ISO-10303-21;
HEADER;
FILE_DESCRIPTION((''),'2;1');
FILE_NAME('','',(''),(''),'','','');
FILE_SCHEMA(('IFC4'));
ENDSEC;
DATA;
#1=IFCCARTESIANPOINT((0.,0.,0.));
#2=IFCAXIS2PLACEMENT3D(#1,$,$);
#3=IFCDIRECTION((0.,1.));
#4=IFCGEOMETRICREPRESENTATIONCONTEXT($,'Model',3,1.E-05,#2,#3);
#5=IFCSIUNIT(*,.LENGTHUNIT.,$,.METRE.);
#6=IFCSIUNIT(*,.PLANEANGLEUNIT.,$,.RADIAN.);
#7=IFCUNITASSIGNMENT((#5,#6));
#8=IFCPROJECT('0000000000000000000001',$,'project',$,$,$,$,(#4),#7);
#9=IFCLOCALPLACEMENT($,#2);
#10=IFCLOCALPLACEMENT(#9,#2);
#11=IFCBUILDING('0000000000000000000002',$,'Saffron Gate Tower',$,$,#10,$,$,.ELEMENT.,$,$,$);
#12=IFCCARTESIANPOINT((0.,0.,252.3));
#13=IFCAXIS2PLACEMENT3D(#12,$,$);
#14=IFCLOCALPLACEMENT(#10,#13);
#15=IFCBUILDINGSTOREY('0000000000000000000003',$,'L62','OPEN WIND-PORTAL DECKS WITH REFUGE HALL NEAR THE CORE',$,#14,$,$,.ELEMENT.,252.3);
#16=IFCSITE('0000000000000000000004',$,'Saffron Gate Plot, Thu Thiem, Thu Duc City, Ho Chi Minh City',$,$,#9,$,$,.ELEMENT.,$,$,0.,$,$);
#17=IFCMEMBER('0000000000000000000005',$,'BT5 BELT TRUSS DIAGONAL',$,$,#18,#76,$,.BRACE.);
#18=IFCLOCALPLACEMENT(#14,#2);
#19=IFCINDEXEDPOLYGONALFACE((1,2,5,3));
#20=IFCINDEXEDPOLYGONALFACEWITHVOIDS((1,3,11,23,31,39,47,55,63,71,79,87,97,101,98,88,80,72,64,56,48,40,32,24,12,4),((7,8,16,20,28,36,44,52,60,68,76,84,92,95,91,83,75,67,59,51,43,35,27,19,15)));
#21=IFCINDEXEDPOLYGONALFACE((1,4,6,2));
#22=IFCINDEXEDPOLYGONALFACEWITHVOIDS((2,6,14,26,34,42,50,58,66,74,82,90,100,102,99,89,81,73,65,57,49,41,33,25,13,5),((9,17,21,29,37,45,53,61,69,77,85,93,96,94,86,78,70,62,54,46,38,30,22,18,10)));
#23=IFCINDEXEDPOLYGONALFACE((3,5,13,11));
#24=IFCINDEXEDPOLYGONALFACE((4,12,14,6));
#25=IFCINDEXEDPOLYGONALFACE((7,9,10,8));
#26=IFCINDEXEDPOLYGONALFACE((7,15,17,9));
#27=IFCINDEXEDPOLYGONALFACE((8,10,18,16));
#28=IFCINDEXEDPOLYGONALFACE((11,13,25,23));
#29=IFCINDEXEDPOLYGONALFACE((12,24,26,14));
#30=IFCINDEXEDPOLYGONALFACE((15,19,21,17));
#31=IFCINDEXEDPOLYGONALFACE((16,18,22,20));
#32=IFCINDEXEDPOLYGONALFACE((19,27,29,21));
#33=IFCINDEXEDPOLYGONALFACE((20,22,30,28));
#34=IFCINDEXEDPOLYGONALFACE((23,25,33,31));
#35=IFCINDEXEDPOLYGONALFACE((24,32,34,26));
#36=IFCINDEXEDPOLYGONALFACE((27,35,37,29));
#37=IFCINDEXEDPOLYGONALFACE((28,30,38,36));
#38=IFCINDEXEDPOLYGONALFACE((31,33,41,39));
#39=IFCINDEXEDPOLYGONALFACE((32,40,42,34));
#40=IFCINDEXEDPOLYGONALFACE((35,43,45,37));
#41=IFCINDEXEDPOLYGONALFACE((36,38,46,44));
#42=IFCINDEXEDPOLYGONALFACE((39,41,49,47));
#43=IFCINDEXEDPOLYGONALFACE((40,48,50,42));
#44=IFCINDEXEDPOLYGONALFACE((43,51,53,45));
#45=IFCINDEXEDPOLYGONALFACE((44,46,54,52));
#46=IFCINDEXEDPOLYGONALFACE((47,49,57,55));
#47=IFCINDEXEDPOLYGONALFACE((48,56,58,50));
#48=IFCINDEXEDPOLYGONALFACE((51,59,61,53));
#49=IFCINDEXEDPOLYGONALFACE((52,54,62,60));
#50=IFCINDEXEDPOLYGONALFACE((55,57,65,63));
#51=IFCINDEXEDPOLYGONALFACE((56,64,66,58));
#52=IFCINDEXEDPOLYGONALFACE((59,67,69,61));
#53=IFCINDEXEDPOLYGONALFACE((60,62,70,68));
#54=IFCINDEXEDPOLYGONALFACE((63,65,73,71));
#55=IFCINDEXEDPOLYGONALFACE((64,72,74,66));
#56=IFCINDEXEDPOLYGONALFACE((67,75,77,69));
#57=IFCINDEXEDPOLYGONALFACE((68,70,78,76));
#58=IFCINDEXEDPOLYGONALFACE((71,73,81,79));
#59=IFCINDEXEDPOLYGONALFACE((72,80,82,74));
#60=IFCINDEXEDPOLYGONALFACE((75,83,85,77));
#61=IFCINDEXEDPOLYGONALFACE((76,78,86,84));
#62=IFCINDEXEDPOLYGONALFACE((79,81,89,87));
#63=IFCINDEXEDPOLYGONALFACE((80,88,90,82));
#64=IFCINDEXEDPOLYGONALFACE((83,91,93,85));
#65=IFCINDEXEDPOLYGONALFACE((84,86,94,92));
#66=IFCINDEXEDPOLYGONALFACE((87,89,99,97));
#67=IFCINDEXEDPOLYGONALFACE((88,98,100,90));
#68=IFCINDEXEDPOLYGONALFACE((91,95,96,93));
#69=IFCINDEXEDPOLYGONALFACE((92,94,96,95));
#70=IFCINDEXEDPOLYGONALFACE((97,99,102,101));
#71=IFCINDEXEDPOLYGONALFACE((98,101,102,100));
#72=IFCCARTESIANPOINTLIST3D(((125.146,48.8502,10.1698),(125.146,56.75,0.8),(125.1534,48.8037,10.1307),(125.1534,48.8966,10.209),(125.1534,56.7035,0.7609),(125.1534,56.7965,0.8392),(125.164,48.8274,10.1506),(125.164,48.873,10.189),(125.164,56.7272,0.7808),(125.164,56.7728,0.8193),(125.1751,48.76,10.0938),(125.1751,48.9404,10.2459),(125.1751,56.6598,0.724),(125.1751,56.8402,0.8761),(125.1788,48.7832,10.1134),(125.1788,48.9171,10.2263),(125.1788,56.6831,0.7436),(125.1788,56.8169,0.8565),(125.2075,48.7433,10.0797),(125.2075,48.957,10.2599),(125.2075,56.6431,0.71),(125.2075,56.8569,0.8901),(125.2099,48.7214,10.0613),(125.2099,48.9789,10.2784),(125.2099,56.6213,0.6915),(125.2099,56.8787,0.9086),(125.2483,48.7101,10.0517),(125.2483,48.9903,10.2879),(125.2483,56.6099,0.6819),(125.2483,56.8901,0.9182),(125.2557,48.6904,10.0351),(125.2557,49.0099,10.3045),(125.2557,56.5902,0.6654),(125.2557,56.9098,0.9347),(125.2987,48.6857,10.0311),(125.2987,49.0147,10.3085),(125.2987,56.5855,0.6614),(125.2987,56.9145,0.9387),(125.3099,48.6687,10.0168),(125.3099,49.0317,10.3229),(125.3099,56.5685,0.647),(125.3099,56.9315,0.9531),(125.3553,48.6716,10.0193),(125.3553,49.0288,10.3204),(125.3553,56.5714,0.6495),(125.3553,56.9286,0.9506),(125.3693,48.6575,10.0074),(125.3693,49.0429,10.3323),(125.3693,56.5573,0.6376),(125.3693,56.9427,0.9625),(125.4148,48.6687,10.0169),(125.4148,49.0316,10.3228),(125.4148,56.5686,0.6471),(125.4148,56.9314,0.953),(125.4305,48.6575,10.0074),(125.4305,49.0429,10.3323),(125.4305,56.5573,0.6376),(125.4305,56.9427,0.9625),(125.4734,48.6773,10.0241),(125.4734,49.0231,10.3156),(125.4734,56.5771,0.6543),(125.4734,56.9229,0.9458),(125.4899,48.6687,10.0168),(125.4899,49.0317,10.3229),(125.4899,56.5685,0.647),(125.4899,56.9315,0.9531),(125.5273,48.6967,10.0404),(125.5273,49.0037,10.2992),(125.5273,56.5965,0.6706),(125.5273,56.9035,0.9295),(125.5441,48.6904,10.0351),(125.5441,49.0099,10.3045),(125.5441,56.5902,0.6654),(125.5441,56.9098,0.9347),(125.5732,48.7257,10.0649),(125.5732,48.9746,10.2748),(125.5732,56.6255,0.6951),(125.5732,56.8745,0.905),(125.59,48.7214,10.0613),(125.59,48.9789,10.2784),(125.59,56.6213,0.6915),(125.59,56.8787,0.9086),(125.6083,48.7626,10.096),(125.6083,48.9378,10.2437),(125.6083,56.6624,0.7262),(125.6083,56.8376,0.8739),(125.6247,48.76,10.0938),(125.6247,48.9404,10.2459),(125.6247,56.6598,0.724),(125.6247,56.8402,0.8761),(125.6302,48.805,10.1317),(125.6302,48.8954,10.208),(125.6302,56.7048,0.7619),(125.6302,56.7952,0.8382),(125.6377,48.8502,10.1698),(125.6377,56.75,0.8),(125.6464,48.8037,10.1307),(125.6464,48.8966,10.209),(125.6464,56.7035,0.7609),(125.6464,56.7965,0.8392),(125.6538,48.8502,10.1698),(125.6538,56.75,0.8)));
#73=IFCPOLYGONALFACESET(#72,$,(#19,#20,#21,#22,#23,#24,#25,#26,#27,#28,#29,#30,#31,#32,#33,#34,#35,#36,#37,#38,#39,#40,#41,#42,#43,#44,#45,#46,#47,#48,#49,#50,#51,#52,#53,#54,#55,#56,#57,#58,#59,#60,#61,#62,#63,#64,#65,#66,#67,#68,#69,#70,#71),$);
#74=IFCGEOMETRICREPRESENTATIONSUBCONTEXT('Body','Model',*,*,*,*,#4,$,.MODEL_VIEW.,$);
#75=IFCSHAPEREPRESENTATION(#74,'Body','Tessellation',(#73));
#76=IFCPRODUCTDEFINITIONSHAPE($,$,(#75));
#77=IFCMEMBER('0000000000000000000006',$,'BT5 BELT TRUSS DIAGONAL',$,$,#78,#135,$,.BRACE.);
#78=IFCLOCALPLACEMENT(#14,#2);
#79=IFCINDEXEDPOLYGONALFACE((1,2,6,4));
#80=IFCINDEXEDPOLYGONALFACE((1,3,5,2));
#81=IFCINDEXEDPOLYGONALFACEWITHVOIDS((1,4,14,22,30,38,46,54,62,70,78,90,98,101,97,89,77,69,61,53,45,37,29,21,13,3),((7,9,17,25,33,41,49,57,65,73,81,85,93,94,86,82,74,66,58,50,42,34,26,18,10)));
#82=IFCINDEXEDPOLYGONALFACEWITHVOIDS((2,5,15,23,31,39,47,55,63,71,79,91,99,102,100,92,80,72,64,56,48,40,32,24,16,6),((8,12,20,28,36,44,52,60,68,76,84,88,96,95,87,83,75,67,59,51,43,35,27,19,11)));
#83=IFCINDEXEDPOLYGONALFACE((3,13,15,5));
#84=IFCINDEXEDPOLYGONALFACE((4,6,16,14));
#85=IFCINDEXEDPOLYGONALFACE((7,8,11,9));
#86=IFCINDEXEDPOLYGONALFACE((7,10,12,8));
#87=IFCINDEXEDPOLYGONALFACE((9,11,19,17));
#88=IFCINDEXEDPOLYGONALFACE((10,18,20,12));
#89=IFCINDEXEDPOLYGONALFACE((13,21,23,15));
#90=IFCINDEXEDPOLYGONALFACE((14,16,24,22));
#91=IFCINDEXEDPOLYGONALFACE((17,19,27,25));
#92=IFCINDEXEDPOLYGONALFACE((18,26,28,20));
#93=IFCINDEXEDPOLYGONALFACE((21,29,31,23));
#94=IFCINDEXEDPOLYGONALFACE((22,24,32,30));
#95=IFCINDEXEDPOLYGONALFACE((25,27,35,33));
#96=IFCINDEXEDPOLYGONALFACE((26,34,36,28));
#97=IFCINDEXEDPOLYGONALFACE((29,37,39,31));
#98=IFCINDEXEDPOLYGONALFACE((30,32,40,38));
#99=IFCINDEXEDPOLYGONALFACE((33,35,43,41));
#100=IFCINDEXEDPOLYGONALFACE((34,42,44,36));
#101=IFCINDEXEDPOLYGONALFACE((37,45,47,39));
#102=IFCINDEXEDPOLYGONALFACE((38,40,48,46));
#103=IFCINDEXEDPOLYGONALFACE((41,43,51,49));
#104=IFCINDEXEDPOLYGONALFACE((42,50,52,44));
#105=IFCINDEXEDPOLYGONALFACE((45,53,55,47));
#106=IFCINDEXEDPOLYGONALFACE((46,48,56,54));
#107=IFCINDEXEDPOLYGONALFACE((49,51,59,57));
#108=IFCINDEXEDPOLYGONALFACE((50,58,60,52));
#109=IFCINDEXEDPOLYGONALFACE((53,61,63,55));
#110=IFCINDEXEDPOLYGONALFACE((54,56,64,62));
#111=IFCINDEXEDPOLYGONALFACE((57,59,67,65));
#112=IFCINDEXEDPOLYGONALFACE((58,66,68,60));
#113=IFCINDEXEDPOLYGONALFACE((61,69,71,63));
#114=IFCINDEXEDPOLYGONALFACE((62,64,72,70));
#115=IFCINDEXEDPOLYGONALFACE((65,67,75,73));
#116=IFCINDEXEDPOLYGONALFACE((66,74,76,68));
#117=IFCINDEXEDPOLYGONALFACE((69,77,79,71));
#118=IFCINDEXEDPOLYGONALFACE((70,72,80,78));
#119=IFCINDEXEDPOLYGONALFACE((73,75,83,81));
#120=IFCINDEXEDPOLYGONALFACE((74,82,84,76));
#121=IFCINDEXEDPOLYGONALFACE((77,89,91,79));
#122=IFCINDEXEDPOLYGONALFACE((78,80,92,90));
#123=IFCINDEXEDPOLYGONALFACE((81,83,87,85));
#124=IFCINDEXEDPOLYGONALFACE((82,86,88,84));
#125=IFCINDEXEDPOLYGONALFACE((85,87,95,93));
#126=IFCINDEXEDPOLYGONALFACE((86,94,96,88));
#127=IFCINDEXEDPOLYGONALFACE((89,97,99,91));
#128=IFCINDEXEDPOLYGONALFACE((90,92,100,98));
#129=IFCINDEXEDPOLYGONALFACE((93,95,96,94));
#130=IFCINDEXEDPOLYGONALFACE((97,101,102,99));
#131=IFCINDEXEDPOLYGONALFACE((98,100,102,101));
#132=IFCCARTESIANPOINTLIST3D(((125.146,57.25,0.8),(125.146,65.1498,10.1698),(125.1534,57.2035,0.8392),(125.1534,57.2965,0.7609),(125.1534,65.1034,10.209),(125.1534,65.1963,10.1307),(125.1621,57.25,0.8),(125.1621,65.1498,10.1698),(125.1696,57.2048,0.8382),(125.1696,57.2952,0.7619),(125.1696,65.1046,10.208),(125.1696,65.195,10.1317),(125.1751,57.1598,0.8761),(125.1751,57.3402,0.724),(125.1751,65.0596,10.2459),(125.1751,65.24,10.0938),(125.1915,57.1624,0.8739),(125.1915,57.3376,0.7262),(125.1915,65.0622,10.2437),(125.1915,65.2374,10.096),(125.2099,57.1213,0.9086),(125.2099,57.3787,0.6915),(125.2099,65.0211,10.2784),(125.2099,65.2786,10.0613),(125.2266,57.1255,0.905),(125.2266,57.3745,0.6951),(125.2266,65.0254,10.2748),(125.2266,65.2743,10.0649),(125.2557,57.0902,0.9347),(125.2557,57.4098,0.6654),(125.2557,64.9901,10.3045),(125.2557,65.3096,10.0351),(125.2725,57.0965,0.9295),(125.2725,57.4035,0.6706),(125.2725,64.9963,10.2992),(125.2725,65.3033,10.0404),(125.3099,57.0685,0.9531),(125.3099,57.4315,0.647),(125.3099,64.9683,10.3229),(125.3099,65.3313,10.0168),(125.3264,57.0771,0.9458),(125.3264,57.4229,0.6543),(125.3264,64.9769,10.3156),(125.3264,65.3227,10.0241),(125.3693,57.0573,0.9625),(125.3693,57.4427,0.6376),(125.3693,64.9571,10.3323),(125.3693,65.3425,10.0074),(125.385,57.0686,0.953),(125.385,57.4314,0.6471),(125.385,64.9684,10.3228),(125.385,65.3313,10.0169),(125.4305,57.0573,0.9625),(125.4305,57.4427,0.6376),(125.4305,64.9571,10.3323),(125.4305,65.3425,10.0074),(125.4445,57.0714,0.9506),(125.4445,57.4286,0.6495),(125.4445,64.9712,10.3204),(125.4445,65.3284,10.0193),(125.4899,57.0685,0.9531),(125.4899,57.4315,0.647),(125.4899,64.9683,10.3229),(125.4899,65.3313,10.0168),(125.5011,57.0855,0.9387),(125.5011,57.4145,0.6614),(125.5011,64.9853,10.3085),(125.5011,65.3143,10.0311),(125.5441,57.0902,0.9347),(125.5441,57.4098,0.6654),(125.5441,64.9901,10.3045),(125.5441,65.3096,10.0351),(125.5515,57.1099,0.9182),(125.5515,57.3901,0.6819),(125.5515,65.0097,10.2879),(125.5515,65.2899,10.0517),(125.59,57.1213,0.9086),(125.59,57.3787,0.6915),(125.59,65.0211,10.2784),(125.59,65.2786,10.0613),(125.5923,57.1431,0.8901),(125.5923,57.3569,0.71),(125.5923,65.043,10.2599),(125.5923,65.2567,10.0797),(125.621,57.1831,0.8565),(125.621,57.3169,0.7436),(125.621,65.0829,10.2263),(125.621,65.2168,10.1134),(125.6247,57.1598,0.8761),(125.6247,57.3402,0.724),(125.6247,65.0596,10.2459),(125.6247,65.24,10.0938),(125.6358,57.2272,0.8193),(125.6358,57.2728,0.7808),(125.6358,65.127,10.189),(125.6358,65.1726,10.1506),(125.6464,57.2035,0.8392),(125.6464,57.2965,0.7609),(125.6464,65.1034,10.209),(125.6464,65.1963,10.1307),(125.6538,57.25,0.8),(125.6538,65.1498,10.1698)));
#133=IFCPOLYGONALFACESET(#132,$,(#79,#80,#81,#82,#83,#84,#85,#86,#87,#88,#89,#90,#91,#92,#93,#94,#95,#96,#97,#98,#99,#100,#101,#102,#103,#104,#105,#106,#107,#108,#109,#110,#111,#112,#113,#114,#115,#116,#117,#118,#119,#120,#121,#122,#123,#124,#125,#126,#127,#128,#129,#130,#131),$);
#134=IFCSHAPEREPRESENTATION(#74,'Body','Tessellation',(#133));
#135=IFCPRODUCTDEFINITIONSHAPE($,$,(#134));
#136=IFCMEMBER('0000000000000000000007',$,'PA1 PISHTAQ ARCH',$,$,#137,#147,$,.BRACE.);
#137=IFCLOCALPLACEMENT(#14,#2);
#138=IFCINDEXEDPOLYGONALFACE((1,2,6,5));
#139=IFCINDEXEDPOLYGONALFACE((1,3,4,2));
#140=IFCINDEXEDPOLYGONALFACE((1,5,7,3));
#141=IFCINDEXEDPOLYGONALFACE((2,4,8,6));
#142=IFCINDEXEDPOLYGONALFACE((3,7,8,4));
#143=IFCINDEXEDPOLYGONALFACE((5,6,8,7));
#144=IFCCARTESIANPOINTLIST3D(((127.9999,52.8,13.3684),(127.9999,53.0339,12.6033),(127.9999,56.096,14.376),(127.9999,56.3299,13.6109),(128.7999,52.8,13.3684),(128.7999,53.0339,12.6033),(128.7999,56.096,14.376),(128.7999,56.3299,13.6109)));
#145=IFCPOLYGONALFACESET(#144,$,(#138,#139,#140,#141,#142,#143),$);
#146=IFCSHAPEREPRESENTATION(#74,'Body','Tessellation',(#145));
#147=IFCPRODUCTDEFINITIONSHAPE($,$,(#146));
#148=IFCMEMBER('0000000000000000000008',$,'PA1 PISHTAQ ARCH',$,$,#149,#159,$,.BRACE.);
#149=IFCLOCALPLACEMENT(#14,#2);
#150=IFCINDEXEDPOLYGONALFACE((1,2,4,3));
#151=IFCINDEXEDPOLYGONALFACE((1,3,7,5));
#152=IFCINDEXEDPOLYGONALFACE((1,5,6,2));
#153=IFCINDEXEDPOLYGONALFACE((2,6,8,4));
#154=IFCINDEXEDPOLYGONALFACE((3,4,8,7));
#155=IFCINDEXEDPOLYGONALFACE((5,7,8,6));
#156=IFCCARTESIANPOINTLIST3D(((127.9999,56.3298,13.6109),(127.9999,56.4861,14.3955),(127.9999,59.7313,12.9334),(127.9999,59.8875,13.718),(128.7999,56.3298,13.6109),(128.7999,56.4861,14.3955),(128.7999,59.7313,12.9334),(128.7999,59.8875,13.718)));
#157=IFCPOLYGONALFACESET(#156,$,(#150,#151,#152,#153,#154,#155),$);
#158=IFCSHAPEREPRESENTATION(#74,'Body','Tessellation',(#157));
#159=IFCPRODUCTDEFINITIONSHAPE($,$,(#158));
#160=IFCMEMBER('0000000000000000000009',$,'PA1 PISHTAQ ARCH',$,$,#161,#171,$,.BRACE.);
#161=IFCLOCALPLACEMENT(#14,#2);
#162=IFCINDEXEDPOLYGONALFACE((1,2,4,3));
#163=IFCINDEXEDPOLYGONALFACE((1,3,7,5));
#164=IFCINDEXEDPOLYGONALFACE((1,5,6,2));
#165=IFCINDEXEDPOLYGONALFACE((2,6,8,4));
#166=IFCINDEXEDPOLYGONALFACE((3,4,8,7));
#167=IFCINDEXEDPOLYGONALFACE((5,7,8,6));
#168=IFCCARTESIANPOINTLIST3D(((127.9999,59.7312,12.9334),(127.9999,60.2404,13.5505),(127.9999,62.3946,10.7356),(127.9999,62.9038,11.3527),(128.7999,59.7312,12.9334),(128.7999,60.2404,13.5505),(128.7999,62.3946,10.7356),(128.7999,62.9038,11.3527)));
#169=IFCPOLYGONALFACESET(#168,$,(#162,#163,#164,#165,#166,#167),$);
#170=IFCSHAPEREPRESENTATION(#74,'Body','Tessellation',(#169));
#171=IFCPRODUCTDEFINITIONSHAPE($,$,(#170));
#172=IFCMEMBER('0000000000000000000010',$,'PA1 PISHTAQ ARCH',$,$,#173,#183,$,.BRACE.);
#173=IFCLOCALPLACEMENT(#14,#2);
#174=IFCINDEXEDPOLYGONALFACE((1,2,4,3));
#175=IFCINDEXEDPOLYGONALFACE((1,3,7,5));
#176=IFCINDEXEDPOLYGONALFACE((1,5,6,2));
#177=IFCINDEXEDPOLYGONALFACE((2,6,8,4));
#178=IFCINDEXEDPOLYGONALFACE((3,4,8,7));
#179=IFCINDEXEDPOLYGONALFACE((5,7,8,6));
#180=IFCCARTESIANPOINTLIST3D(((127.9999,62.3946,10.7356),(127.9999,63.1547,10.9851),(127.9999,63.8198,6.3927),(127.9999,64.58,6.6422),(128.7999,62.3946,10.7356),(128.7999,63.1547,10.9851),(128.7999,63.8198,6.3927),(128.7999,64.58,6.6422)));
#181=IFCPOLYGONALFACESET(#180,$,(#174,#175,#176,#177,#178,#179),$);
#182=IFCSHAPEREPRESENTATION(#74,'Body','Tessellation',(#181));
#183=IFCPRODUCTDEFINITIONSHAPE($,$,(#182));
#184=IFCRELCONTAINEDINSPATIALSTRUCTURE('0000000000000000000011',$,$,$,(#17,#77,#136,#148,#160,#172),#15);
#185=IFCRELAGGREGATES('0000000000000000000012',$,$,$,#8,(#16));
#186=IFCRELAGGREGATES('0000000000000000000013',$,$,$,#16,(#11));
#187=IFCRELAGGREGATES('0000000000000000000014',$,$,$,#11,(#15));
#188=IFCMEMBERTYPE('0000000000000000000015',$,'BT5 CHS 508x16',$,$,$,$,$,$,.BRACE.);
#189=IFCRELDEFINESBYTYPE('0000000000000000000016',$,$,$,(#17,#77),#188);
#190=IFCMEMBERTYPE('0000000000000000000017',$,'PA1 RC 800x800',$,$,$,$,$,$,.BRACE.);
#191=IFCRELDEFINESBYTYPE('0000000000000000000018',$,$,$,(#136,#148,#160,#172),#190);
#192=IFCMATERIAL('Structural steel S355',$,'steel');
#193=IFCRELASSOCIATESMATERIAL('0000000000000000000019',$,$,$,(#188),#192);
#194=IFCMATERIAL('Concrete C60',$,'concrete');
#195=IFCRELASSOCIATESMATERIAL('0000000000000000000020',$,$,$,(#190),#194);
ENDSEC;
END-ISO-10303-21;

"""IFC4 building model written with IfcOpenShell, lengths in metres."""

from ifc_helpers import new_model, si_unit, direction, frame, origin, origin_2d, place, context, subcontext, project, spatial, rectangle, hollow_circle, extrude, material, material_profile, profile_set, type_object, element, save


model = new_model("IFC4")

# Units and contexts
model_context = context("Model", 3, precision=1e-05, world=origin(), true_north=direction((0.0, 1.0)))
body_context = subcontext(model_context, "Body", "Model", "MODEL_VIEW")
ifc_project = project(units=[si_unit("LENGTHUNIT", "METRE"), si_unit("PLANEANGLEUNIT", "RADIAN")], contexts=[model_context])

# Site, building, storey
site_placement = place(None, origin())
site = spatial("IfcSite", under=ifc_project, at=site_placement, Name="Saffron Gate Plot, Thu Thiem, Thu Duc City, Ho Chi Minh City", CompositionType="ELEMENT", RefElevation=0.0)
building_placement = place(site_placement, origin())
building = spatial("IfcBuilding", under=site, at=building_placement, Name="Saffron Gate Tower", CompositionType="ELEMENT")
storey_placement = place(building_placement, frame((0.0, 0.0, 252.3)))
storey = spatial("IfcBuildingStorey", under=building, at=storey_placement, Name="L62", Description="OPEN WIND-PORTAL DECKS WITH REFUGE HALL NEAR THE CORE", CompositionType="ELEMENT", Elevation=252.3)

# Shared definitions
ifc_material_1 = material(Name="Structural steel S355", Category="steel")

# Members
ifc_material_profile_1 = material_profile(ifc_material_1, hollow_circle(Radius=0.2539, WallThickness=0.0161, at=origin_2d()))
ifc_profile_set_1 = profile_set([ifc_material_profile_1], Name="Structural steel S355")
member_type_1 = type_object("IfcMemberType", Name="BT5 CHS 508x16", PredefinedType="BRACE", material=ifc_profile_set_1)
for number, where, z_axis, x_axis, name in (
    (1, (125.3999, 56.75, 0.8), (0.0, -0.644588, 0.76453), (1.0, 0.0, 0.0), "BT5 BELT TRUSS DIAGONAL"),
    (2, (125.3999, 57.25, 0.8), (0.0, 0.644588, 0.76453), (-1.0, 0.0, 0.0), "BT5 BELT TRUSS DIAGONAL"),
):
    element("IfcMember", number, at=place(storey_placement, frame(where, z_axis=z_axis, x_axis=x_axis)), inside=storey, type_object=member_type_1, Name=name, PredefinedType="BRACE", context=body_context, shape_type="SweptSolid", body=[
        extrude(hollow_circle(Radius=0.2539, WallThickness=0.0161, at=origin_2d()), origin(), (0.0, 0.0, 1.0), 12.2556),
    ])
ifc_material_2 = material(Name="Concrete C60", Category="concrete")
ifc_material_profile_2 = material_profile(ifc_material_2, rectangle(XDim=0.8, YDim=0.8, at=origin_2d()))
ifc_profile_set_2 = profile_set([ifc_material_profile_2], Name="Concrete C60")
member_type_2 = type_object("IfcMemberType", Name="PA1 RC 800x800", PredefinedType="BRACE", material=ifc_profile_set_2)
member_1_placement = place(storey_placement, frame((128.3999, 52.917, 12.9858), z_axis=(0.0, 0.956312, 0.292348), x_axis=(-1.0, 0.0, 0.0)))
element("IfcMember", 3, at=member_1_placement, inside=storey, type_object=member_type_2, Name="PA1 PISHTAQ ARCH", PredefinedType="BRACE", context=body_context, shape_type="SweptSolid", body=[
    extrude(rectangle(XDim=0.8, YDim=0.8, at=origin_2d()), origin(), (0.0, 0.0, 1.0), 3.4465),
])
member_2_placement = place(storey_placement, frame((128.3999, 56.408, 14.0032), z_axis=(0.0, 0.980735, -0.195344), x_axis=(-1.0, 0.0, 0.0)))
element("IfcMember", 4, at=member_2_placement, inside=storey, type_object=member_type_2, Name="PA1 PISHTAQ ARCH", PredefinedType="BRACE", context=body_context, shape_type="SweptSolid", body=[
    extrude(rectangle(XDim=0.8, YDim=0.8, at=origin_2d()), origin(), (0.0, 0.0, 1.0), 3.4683),
])
member_3_placement = place(storey_placement, frame((128.3999, 59.9858, 13.2419), z_axis=(0.0, 0.771301, -0.63647), x_axis=(-1.0, 0.0, 0.0)))
element("IfcMember", 5, at=member_3_placement, inside=storey, type_object=member_type_2, Name="PA1 PISHTAQ ARCH", PredefinedType="BRACE", context=body_context, shape_type="SweptSolid", body=[
    extrude(rectangle(XDim=0.8, YDim=0.8, at=origin_2d()), origin(), (0.0, 0.0, 1.0), 3.4531),
])
member_4_placement = place(storey_placement, frame((128.3999, 62.7747, 10.8604), z_axis=(0.0, 0.311818, -0.950142), x_axis=(-1.0, 0.0, 0.0)))
element("IfcMember", 6, at=member_4_placement, inside=storey, type_object=member_type_2, Name="PA1 PISHTAQ ARCH", PredefinedType="BRACE", context=body_context, shape_type="SweptSolid", body=[
    extrude(rectangle(XDim=0.8, YDim=0.8, at=origin_2d()), origin(), (0.0, 0.0, 1.0), 4.5708),
])

save(model, "model.ifc")
